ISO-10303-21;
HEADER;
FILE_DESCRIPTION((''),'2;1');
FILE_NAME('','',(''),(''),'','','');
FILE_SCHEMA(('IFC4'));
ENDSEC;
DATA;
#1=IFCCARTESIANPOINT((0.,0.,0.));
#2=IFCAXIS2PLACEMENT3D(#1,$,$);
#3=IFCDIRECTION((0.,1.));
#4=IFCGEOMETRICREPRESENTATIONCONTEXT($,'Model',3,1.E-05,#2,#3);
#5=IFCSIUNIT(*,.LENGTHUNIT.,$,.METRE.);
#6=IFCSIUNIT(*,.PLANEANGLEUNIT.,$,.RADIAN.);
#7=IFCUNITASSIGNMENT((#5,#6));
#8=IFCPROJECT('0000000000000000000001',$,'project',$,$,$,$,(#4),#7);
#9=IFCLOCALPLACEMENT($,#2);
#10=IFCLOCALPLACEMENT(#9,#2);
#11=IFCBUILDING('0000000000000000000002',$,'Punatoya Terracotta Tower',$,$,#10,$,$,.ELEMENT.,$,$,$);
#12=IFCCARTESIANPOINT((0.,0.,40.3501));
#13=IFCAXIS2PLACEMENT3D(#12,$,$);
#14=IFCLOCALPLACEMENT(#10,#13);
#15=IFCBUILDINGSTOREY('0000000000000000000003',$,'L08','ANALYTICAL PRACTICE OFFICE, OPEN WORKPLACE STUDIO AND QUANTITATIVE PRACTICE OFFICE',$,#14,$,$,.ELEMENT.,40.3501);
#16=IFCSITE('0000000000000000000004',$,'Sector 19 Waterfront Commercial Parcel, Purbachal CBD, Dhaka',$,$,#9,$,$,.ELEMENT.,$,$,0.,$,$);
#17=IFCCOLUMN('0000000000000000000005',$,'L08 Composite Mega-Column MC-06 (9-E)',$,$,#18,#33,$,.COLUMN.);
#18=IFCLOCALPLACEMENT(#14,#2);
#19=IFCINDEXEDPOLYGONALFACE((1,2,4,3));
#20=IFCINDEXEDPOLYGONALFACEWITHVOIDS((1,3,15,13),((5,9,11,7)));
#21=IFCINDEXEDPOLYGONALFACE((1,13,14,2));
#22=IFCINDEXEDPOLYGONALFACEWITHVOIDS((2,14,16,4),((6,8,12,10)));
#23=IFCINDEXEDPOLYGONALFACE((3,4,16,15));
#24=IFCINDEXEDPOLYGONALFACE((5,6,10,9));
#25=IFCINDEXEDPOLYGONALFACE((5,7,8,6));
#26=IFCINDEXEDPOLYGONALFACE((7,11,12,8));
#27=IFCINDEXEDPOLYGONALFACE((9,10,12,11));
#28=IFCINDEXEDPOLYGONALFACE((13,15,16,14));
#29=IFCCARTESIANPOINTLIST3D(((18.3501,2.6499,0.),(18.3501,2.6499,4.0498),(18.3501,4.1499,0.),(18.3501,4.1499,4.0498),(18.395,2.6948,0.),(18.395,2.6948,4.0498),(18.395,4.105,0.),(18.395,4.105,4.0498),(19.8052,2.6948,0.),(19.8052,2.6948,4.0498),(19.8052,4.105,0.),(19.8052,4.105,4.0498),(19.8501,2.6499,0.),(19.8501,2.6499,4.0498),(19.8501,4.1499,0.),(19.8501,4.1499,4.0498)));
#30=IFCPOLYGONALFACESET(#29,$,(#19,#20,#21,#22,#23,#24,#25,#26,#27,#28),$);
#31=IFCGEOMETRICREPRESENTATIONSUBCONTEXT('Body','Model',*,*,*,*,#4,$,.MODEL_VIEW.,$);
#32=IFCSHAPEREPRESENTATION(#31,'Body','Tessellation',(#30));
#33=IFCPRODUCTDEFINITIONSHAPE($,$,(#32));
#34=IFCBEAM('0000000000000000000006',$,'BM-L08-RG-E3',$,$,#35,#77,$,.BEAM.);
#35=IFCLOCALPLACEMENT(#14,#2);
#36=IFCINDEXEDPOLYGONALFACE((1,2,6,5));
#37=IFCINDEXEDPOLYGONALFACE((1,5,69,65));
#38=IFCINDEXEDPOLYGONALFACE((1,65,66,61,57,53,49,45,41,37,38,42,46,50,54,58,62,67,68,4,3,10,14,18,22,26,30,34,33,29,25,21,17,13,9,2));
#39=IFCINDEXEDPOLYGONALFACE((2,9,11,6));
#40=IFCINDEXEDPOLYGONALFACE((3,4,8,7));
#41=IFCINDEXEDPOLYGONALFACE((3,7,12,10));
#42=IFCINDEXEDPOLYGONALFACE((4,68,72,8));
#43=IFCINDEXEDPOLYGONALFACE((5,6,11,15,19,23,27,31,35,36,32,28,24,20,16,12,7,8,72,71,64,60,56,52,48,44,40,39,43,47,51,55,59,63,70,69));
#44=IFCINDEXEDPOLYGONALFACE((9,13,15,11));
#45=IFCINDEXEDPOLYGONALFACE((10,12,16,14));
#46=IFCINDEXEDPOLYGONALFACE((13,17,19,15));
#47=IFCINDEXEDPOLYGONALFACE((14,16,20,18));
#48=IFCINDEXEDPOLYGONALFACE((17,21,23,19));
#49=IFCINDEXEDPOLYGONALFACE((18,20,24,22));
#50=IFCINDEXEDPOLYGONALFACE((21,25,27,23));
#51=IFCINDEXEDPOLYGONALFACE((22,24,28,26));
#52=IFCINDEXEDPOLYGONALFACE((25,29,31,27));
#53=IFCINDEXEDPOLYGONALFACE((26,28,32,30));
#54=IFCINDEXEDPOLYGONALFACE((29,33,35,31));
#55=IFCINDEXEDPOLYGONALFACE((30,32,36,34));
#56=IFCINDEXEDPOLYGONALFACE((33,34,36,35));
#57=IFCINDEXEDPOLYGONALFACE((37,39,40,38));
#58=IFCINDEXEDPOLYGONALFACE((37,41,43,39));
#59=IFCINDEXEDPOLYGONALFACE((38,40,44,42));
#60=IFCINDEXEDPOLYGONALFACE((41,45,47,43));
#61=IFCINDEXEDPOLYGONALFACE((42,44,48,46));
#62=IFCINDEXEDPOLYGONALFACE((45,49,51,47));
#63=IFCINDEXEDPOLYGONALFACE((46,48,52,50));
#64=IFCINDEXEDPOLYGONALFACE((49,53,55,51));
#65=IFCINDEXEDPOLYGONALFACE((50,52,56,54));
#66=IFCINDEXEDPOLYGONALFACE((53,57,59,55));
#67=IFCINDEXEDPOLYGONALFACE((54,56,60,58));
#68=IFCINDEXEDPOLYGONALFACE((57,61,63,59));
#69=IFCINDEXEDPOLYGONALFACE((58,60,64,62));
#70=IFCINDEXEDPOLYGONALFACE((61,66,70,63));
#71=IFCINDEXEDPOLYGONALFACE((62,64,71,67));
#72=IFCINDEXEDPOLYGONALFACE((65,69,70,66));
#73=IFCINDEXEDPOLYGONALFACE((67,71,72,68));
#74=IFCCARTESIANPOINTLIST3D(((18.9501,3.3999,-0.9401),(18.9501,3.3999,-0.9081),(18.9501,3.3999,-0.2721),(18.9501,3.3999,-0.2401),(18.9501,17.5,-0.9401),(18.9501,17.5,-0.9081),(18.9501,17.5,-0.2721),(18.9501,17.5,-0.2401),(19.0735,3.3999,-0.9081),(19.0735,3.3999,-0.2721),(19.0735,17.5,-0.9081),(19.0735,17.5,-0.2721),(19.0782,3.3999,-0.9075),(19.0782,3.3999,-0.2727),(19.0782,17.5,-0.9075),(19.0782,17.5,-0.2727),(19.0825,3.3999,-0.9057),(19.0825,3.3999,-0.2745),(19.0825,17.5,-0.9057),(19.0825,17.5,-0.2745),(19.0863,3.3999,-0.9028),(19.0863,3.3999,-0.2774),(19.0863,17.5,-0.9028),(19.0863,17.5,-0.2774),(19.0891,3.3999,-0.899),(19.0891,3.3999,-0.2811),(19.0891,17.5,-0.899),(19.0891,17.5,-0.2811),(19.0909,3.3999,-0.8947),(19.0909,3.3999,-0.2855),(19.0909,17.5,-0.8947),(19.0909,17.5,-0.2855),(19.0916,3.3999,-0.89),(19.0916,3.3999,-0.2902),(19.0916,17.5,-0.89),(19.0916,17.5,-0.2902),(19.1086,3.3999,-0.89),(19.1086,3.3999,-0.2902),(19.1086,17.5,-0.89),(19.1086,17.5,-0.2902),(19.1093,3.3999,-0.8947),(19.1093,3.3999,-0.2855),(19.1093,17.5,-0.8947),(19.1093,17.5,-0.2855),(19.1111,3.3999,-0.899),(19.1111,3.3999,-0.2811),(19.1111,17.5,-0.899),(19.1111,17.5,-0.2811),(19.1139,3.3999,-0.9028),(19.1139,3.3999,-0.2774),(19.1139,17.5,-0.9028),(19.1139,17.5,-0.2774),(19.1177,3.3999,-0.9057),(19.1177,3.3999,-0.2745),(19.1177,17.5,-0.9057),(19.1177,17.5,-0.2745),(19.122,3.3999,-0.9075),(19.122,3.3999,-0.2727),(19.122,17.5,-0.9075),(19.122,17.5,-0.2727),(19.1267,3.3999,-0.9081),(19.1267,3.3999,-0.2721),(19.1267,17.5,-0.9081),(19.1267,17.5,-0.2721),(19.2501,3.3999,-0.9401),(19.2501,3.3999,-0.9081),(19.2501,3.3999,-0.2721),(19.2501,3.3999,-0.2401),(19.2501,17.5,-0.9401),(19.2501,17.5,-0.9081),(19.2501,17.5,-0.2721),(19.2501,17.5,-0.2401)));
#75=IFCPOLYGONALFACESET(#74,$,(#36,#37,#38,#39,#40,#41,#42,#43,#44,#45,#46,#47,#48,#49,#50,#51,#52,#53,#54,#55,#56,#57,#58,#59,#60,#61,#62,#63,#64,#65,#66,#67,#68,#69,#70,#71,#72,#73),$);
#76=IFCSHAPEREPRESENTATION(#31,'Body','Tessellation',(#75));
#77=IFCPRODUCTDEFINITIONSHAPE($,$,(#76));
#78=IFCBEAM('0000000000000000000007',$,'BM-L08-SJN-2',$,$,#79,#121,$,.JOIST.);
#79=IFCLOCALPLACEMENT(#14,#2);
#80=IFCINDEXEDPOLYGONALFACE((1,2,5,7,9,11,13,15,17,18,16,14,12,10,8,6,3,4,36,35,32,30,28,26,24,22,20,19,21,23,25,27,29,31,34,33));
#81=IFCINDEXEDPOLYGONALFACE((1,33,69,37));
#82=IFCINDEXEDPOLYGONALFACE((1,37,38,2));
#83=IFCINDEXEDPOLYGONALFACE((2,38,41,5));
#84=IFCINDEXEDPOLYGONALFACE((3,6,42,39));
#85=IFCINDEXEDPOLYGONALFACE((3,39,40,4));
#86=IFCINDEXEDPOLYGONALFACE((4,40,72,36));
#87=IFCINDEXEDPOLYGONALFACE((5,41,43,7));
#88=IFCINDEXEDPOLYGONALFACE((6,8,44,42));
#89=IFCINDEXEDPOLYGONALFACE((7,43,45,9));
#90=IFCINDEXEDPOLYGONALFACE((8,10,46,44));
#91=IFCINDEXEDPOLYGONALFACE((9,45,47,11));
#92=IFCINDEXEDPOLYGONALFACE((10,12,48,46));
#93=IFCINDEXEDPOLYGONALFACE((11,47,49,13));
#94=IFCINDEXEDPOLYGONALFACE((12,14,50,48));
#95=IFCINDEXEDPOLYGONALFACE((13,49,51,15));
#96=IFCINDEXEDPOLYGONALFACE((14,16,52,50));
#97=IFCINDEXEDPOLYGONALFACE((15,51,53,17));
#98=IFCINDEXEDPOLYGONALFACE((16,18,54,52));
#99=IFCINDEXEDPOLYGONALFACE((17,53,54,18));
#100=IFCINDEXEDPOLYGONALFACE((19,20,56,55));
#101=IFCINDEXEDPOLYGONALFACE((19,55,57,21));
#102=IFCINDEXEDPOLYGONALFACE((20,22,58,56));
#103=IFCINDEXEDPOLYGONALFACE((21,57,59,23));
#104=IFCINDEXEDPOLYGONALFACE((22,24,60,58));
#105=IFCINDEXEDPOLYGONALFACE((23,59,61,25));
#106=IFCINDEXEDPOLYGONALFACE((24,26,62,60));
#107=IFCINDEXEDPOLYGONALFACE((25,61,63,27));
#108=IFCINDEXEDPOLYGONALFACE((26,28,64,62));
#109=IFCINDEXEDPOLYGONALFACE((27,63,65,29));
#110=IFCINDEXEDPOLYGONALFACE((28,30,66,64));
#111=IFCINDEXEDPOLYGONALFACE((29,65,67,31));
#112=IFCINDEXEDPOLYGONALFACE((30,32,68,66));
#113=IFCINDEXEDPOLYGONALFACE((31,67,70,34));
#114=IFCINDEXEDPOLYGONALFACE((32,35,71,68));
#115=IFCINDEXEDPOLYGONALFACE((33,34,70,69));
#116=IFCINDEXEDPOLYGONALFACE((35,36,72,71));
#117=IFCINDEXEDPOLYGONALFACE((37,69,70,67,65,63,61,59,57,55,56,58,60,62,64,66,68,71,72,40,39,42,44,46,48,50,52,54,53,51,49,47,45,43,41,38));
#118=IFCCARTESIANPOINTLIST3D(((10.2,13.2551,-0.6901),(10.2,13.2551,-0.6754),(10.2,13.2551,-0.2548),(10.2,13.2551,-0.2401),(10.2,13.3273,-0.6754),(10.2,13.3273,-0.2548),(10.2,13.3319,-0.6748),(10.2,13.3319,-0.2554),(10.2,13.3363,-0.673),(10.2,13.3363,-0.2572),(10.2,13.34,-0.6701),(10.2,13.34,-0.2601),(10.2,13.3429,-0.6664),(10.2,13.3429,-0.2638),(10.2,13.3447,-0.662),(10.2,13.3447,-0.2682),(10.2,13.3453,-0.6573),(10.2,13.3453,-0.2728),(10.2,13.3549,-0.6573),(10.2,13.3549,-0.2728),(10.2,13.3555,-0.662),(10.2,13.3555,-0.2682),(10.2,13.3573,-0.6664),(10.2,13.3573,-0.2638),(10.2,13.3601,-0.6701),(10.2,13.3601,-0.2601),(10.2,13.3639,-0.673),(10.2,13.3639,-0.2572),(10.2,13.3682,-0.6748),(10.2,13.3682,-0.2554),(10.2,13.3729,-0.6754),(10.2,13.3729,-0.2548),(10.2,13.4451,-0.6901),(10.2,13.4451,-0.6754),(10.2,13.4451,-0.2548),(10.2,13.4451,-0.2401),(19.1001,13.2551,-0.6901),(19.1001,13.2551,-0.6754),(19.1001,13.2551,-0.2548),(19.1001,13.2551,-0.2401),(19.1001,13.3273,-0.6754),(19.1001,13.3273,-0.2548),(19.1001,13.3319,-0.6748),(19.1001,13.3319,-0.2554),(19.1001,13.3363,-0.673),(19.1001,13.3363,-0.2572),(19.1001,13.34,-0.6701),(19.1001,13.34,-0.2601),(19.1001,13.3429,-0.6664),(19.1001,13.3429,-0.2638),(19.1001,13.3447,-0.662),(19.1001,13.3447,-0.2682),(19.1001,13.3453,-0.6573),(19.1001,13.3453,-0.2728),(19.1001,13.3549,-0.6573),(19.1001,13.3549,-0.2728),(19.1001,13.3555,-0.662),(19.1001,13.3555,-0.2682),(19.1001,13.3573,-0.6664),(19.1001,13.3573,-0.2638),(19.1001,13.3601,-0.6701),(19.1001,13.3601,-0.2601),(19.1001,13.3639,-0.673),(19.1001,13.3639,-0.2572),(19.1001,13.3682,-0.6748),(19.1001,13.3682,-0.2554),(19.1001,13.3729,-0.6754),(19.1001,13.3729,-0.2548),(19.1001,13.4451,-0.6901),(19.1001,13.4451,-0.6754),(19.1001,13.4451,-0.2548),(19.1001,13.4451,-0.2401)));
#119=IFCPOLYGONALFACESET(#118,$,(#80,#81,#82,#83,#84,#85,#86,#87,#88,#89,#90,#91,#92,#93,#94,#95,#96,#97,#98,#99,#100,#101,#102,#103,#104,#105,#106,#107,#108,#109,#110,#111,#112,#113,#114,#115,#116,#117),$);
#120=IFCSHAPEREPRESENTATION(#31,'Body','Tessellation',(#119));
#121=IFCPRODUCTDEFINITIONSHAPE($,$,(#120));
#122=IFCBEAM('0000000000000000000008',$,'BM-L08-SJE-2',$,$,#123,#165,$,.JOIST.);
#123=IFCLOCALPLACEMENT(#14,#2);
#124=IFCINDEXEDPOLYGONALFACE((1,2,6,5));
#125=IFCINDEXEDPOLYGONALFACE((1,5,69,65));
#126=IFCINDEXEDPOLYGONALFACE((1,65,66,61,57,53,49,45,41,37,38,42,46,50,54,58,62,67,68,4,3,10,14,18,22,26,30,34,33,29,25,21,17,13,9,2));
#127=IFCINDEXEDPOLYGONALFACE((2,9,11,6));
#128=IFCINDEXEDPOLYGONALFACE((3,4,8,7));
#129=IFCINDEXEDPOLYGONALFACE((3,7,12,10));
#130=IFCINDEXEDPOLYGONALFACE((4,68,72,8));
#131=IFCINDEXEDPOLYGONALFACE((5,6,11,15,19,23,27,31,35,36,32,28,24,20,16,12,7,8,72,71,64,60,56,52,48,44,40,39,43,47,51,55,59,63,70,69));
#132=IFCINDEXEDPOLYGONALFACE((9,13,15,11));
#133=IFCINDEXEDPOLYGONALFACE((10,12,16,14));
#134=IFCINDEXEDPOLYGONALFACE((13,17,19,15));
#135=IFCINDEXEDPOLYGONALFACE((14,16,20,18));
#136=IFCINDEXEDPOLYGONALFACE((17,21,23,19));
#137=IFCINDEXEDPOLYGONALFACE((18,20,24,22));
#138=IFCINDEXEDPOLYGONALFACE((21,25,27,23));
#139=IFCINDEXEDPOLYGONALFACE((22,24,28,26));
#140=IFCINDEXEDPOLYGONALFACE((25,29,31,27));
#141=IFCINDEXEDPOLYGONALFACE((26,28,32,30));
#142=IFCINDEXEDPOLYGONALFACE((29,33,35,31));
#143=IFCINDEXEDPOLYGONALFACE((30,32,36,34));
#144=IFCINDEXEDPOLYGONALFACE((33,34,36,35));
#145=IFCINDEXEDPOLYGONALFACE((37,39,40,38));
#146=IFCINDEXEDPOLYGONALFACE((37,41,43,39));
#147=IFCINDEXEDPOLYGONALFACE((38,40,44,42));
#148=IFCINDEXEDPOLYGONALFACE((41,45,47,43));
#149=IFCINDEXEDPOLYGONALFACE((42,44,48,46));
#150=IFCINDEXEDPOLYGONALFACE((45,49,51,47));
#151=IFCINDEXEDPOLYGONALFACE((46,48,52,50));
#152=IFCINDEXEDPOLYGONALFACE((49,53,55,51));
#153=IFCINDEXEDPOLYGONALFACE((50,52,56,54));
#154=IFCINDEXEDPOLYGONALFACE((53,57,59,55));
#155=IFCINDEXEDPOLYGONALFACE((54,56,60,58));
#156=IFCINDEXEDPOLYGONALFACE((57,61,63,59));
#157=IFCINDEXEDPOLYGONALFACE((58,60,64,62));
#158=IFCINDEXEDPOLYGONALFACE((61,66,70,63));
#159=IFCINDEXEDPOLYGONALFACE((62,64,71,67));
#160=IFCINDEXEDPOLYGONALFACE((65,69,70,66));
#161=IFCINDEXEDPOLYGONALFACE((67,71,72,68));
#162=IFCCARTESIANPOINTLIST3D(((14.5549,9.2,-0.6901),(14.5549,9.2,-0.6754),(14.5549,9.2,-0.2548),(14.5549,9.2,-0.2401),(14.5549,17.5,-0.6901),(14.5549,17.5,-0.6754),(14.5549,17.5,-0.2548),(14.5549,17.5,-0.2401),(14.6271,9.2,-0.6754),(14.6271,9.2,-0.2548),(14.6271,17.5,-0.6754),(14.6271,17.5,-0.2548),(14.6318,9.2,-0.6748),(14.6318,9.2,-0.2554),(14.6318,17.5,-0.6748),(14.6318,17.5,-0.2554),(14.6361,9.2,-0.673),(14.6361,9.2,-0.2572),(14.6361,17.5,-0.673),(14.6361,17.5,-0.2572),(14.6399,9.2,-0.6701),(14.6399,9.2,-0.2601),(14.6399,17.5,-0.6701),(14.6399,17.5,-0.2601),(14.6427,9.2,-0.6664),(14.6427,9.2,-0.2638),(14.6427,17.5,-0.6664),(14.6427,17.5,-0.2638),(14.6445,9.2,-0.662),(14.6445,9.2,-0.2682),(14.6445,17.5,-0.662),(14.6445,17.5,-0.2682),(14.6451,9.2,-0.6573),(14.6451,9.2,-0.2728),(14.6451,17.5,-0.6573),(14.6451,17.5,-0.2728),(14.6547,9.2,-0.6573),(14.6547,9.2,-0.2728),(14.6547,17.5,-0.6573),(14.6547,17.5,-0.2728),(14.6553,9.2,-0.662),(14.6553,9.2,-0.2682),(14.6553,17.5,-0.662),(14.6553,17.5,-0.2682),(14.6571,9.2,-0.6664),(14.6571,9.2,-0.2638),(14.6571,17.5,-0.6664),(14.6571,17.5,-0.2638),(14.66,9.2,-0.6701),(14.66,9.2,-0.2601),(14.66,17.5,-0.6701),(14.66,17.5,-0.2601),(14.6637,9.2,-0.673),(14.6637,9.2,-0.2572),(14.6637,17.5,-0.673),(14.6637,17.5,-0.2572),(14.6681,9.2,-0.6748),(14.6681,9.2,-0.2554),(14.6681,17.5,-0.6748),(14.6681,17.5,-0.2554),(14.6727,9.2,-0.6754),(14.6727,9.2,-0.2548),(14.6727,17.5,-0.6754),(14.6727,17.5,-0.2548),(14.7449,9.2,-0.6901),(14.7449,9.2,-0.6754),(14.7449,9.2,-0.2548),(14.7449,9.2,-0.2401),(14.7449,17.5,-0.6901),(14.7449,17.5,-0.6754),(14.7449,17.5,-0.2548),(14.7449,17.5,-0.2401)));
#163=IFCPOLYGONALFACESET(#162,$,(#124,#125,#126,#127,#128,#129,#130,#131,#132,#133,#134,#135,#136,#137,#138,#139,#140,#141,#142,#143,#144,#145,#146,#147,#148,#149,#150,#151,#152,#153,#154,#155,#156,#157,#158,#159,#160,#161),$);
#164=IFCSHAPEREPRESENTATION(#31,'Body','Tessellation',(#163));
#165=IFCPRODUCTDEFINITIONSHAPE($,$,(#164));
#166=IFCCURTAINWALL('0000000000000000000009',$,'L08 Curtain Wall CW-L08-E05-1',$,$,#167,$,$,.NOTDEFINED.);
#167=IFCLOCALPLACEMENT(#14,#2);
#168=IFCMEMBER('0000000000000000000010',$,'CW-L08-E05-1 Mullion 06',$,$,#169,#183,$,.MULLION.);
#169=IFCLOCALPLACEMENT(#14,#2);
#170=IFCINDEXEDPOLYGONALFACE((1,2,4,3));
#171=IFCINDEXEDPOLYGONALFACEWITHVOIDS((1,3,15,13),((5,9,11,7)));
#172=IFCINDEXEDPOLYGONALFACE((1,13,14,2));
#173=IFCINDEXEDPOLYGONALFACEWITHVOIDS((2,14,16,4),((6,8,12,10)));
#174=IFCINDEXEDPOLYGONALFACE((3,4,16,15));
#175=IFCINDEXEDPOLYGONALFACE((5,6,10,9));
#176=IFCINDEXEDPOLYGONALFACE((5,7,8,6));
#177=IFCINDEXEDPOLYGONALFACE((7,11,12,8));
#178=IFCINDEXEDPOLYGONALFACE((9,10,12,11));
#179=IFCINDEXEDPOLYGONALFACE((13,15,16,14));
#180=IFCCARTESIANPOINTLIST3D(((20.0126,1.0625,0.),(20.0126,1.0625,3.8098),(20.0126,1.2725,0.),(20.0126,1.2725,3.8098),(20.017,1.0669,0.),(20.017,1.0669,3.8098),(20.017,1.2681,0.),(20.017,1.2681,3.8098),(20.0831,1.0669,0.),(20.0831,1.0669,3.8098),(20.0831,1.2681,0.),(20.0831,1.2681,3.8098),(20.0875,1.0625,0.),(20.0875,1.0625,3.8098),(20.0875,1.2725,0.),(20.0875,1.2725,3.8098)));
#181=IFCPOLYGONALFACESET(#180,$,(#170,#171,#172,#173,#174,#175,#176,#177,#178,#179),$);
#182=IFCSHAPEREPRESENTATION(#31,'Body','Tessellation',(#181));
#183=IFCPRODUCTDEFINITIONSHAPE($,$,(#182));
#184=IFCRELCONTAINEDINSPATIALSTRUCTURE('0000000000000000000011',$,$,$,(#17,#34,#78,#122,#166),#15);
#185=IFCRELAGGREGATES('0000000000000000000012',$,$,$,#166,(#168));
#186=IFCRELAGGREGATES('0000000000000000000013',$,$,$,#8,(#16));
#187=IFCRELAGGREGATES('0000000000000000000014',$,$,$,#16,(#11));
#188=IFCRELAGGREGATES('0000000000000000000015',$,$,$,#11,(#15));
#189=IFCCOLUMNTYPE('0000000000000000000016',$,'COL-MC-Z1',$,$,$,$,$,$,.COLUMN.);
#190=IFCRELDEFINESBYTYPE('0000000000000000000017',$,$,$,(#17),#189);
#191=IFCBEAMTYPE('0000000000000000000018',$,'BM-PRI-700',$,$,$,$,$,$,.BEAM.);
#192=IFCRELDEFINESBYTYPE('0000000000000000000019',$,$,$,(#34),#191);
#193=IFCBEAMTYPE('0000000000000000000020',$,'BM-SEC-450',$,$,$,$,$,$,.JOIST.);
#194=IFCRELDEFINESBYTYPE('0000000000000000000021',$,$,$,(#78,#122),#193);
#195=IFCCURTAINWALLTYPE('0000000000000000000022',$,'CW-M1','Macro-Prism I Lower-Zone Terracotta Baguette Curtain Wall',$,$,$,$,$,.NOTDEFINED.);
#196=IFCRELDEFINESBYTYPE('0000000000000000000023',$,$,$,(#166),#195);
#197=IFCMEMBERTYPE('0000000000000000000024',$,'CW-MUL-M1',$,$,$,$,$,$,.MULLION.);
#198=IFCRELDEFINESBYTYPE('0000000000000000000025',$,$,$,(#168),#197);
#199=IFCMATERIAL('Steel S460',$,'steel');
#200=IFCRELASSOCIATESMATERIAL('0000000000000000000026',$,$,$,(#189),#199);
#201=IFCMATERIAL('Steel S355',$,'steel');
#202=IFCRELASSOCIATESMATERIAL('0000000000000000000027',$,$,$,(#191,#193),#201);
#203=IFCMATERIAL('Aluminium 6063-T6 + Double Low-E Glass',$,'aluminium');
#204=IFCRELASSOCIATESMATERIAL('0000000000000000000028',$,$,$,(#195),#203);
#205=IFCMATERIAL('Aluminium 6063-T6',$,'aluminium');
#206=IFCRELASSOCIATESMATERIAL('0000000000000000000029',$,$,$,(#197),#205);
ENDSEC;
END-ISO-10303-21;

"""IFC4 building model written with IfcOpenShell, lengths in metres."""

from ifc_helpers import new_model, si_unit, direction, frame, origin, origin_2d, place, context, subcontext, project, spatial, hollow_rectangle, i_section, extrude, material, material_profile, profile_set, type_object, element, aggregate, save


model = new_model("IFC4")

# Units and contexts
model_context = context("Model", 3, precision=1e-05, world=origin(), true_north=direction((0.0, 1.0)))
body_context = subcontext(model_context, "Body", "Model", "MODEL_VIEW")
ifc_project = project(units=[si_unit("LENGTHUNIT", "METRE"), si_unit("PLANEANGLEUNIT", "RADIAN")], contexts=[model_context])

# Site, building, storey
site_placement = place(None, origin())
site = spatial("IfcSite", under=ifc_project, at=site_placement, Name="Sector 19 Waterfront Commercial Parcel, Purbachal CBD, Dhaka", CompositionType="ELEMENT", RefElevation=0.0)
building_placement = place(site_placement, origin())
building = spatial("IfcBuilding", under=site, at=building_placement, Name="Punatoya Terracotta Tower", CompositionType="ELEMENT")
storey_placement = place(building_placement, frame((0.0, 0.0, 40.3501)))
storey = spatial("IfcBuildingStorey", under=building, at=storey_placement, Name="L08", Description="ANALYTICAL PRACTICE OFFICE, OPEN WORKPLACE STUDIO AND QUANTITATIVE PRACTICE OFFICE", CompositionType="ELEMENT", Elevation=40.3501)

# Column
ifc_material_1 = material(Name="Steel S460", Category="steel")
ifc_material_profile_1 = material_profile(ifc_material_1, hollow_rectangle(XDim=1.5, YDim=1.5, WallThickness=0.0449, at=origin_2d()))
ifc_profile_set_1 = profile_set([ifc_material_profile_1], Name="Steel S460")
column_type = type_object("IfcColumnType", Name="COL-MC-Z1", PredefinedType="COLUMN", material=ifc_profile_set_1)
column_placement = place(storey_placement, frame((19.1001, 3.3999, 0.0), z_axis=(0.0, 0.0, 1.0), x_axis=(1.0, 0.0, 0.0)))
element("IfcColumn", 1, at=column_placement, inside=storey, type_object=column_type, Name="L08 Composite Mega-Column MC-06 (9-E)", PredefinedType="COLUMN", context=body_context, shape_type="SweptSolid", body=[
    extrude(hollow_rectangle(XDim=1.5, YDim=1.5, WallThickness=0.0449, at=origin_2d()), origin(), (0.0, 0.0, 1.0), 4.0498),
])

# Beams
ifc_material_2 = material(Name="Steel S355", Category="steel")
ifc_material_profile_2 = material_profile(ifc_material_2, i_section(OverallWidth=0.3, OverallDepth=0.7, WebThickness=0.0171, FlangeThickness=0.032, FilletRadius=0.0181, at=origin_2d()))
ifc_profile_set_2 = profile_set([ifc_material_profile_2], Name="Steel S355")
beam_type_1 = type_object("IfcBeamType", Name="BM-PRI-700", PredefinedType="BEAM", material=ifc_profile_set_2)
beam_1_placement = place(storey_placement, frame((19.1001, 3.3999, -0.5901), z_axis=(0.0, 1.0, 0.0), x_axis=(-1.0, 0.0, 0.0)))
element("IfcBeam", 2, at=beam_1_placement, inside=storey, type_object=beam_type_1, Name="BM-L08-RG-E3", PredefinedType="BEAM", context=body_context, shape_type="SweptSolid", body=[
    extrude(i_section(OverallWidth=0.3, OverallDepth=0.7, WebThickness=0.0171, FlangeThickness=0.032, FilletRadius=0.0181, at=origin_2d()), origin(), (0.0, 0.0, 1.0), 14.1001),
])
ifc_material_profile_3 = material_profile(ifc_material_2, i_section(OverallWidth=0.1899, OverallDepth=0.45, WebThickness=0.0095, FlangeThickness=0.0146, FilletRadius=0.0181, at=origin_2d()))
ifc_profile_set_3 = profile_set([ifc_material_profile_3], Name="Steel S355")
beam_type_2 = type_object("IfcBeamType", Name="BM-SEC-450", PredefinedType="JOIST", material=ifc_profile_set_3)
beam_2_placement = place(storey_placement, frame((10.2, 13.3501, -0.4651), z_axis=(1.0, 0.0, 0.0), x_axis=(0.0, 1.0, 0.0)))
element("IfcBeam", 3, at=beam_2_placement, inside=storey, type_object=beam_type_2, Name="BM-L08-SJN-2", PredefinedType="JOIST", context=body_context, shape_type="SweptSolid", body=[
    extrude(i_section(OverallWidth=0.1899, OverallDepth=0.45, WebThickness=0.0095, FlangeThickness=0.0146, FilletRadius=0.0181, at=origin_2d()), origin(), (0.0, 0.0, 1.0), 8.9001),
])
beam_3_placement = place(storey_placement, frame((14.6499, 9.2, -0.4651), z_axis=(0.0, 1.0, 0.0), x_axis=(-1.0, 0.0, 0.0)))
element("IfcBeam", 4, at=beam_3_placement, inside=storey, type_object=beam_type_2, Name="BM-L08-SJE-2", PredefinedType="JOIST", context=body_context, shape_type="SweptSolid", body=[
    extrude(i_section(OverallWidth=0.1899, OverallDepth=0.45, WebThickness=0.0095, FlangeThickness=0.0146, FilletRadius=0.0181, at=origin_2d()), origin(), (0.0, 0.0, 1.0), 8.3),
])

# Curtain wall, member
ifc_material_3 = material(Name="Aluminium 6063-T6 + Double Low-E Glass", Category="aluminium")
curtain_wall_type = type_object("IfcCurtainWallType", Name="CW-M1", Description="Macro-Prism I Lower-Zone Terracotta Baguette Curtain Wall", PredefinedType="NOTDEFINED", material=ifc_material_3)
curtain_wall_1_placement = place(storey_placement, origin())
curtain_wall_1 = element("IfcCurtainWall", 5, at=curtain_wall_1_placement, inside=storey, type_object=curtain_wall_type, Name="L08 Curtain Wall CW-L08-E05-1", PredefinedType="NOTDEFINED")
ifc_material_4 = material(Name="Aluminium 6063-T6", Category="aluminium")
ifc_material_profile_4 = material_profile(ifc_material_4, hollow_rectangle(XDim=0.075, YDim=0.21, WallThickness=0.0044, at=origin_2d()))
ifc_profile_set_4 = profile_set([ifc_material_profile_4], Name="Aluminium 6063-T6")
member_type_1 = type_object("IfcMemberType", Name="CW-MUL-M1", PredefinedType="MULLION", material=ifc_profile_set_4)
member_1_placement = place(storey_placement, frame((20.05, 1.1675, 0.0), z_axis=(0.0, 0.0, 1.0), x_axis=(1.0, 0.0, 0.0)))
member_1 = element("IfcMember", 6, at=member_1_placement, type_object=member_type_1, Name="CW-L08-E05-1 Mullion 06", PredefinedType="MULLION", context=body_context, shape_type="SweptSolid", body=[
    extrude(hollow_rectangle(XDim=0.075, YDim=0.21, WallThickness=0.0044, at=origin_2d()), origin(), (0.0, 0.0, 1.0), 3.8098),
])

aggregate(curtain_wall_1, [member_1])

save(model, "model.ifc")
